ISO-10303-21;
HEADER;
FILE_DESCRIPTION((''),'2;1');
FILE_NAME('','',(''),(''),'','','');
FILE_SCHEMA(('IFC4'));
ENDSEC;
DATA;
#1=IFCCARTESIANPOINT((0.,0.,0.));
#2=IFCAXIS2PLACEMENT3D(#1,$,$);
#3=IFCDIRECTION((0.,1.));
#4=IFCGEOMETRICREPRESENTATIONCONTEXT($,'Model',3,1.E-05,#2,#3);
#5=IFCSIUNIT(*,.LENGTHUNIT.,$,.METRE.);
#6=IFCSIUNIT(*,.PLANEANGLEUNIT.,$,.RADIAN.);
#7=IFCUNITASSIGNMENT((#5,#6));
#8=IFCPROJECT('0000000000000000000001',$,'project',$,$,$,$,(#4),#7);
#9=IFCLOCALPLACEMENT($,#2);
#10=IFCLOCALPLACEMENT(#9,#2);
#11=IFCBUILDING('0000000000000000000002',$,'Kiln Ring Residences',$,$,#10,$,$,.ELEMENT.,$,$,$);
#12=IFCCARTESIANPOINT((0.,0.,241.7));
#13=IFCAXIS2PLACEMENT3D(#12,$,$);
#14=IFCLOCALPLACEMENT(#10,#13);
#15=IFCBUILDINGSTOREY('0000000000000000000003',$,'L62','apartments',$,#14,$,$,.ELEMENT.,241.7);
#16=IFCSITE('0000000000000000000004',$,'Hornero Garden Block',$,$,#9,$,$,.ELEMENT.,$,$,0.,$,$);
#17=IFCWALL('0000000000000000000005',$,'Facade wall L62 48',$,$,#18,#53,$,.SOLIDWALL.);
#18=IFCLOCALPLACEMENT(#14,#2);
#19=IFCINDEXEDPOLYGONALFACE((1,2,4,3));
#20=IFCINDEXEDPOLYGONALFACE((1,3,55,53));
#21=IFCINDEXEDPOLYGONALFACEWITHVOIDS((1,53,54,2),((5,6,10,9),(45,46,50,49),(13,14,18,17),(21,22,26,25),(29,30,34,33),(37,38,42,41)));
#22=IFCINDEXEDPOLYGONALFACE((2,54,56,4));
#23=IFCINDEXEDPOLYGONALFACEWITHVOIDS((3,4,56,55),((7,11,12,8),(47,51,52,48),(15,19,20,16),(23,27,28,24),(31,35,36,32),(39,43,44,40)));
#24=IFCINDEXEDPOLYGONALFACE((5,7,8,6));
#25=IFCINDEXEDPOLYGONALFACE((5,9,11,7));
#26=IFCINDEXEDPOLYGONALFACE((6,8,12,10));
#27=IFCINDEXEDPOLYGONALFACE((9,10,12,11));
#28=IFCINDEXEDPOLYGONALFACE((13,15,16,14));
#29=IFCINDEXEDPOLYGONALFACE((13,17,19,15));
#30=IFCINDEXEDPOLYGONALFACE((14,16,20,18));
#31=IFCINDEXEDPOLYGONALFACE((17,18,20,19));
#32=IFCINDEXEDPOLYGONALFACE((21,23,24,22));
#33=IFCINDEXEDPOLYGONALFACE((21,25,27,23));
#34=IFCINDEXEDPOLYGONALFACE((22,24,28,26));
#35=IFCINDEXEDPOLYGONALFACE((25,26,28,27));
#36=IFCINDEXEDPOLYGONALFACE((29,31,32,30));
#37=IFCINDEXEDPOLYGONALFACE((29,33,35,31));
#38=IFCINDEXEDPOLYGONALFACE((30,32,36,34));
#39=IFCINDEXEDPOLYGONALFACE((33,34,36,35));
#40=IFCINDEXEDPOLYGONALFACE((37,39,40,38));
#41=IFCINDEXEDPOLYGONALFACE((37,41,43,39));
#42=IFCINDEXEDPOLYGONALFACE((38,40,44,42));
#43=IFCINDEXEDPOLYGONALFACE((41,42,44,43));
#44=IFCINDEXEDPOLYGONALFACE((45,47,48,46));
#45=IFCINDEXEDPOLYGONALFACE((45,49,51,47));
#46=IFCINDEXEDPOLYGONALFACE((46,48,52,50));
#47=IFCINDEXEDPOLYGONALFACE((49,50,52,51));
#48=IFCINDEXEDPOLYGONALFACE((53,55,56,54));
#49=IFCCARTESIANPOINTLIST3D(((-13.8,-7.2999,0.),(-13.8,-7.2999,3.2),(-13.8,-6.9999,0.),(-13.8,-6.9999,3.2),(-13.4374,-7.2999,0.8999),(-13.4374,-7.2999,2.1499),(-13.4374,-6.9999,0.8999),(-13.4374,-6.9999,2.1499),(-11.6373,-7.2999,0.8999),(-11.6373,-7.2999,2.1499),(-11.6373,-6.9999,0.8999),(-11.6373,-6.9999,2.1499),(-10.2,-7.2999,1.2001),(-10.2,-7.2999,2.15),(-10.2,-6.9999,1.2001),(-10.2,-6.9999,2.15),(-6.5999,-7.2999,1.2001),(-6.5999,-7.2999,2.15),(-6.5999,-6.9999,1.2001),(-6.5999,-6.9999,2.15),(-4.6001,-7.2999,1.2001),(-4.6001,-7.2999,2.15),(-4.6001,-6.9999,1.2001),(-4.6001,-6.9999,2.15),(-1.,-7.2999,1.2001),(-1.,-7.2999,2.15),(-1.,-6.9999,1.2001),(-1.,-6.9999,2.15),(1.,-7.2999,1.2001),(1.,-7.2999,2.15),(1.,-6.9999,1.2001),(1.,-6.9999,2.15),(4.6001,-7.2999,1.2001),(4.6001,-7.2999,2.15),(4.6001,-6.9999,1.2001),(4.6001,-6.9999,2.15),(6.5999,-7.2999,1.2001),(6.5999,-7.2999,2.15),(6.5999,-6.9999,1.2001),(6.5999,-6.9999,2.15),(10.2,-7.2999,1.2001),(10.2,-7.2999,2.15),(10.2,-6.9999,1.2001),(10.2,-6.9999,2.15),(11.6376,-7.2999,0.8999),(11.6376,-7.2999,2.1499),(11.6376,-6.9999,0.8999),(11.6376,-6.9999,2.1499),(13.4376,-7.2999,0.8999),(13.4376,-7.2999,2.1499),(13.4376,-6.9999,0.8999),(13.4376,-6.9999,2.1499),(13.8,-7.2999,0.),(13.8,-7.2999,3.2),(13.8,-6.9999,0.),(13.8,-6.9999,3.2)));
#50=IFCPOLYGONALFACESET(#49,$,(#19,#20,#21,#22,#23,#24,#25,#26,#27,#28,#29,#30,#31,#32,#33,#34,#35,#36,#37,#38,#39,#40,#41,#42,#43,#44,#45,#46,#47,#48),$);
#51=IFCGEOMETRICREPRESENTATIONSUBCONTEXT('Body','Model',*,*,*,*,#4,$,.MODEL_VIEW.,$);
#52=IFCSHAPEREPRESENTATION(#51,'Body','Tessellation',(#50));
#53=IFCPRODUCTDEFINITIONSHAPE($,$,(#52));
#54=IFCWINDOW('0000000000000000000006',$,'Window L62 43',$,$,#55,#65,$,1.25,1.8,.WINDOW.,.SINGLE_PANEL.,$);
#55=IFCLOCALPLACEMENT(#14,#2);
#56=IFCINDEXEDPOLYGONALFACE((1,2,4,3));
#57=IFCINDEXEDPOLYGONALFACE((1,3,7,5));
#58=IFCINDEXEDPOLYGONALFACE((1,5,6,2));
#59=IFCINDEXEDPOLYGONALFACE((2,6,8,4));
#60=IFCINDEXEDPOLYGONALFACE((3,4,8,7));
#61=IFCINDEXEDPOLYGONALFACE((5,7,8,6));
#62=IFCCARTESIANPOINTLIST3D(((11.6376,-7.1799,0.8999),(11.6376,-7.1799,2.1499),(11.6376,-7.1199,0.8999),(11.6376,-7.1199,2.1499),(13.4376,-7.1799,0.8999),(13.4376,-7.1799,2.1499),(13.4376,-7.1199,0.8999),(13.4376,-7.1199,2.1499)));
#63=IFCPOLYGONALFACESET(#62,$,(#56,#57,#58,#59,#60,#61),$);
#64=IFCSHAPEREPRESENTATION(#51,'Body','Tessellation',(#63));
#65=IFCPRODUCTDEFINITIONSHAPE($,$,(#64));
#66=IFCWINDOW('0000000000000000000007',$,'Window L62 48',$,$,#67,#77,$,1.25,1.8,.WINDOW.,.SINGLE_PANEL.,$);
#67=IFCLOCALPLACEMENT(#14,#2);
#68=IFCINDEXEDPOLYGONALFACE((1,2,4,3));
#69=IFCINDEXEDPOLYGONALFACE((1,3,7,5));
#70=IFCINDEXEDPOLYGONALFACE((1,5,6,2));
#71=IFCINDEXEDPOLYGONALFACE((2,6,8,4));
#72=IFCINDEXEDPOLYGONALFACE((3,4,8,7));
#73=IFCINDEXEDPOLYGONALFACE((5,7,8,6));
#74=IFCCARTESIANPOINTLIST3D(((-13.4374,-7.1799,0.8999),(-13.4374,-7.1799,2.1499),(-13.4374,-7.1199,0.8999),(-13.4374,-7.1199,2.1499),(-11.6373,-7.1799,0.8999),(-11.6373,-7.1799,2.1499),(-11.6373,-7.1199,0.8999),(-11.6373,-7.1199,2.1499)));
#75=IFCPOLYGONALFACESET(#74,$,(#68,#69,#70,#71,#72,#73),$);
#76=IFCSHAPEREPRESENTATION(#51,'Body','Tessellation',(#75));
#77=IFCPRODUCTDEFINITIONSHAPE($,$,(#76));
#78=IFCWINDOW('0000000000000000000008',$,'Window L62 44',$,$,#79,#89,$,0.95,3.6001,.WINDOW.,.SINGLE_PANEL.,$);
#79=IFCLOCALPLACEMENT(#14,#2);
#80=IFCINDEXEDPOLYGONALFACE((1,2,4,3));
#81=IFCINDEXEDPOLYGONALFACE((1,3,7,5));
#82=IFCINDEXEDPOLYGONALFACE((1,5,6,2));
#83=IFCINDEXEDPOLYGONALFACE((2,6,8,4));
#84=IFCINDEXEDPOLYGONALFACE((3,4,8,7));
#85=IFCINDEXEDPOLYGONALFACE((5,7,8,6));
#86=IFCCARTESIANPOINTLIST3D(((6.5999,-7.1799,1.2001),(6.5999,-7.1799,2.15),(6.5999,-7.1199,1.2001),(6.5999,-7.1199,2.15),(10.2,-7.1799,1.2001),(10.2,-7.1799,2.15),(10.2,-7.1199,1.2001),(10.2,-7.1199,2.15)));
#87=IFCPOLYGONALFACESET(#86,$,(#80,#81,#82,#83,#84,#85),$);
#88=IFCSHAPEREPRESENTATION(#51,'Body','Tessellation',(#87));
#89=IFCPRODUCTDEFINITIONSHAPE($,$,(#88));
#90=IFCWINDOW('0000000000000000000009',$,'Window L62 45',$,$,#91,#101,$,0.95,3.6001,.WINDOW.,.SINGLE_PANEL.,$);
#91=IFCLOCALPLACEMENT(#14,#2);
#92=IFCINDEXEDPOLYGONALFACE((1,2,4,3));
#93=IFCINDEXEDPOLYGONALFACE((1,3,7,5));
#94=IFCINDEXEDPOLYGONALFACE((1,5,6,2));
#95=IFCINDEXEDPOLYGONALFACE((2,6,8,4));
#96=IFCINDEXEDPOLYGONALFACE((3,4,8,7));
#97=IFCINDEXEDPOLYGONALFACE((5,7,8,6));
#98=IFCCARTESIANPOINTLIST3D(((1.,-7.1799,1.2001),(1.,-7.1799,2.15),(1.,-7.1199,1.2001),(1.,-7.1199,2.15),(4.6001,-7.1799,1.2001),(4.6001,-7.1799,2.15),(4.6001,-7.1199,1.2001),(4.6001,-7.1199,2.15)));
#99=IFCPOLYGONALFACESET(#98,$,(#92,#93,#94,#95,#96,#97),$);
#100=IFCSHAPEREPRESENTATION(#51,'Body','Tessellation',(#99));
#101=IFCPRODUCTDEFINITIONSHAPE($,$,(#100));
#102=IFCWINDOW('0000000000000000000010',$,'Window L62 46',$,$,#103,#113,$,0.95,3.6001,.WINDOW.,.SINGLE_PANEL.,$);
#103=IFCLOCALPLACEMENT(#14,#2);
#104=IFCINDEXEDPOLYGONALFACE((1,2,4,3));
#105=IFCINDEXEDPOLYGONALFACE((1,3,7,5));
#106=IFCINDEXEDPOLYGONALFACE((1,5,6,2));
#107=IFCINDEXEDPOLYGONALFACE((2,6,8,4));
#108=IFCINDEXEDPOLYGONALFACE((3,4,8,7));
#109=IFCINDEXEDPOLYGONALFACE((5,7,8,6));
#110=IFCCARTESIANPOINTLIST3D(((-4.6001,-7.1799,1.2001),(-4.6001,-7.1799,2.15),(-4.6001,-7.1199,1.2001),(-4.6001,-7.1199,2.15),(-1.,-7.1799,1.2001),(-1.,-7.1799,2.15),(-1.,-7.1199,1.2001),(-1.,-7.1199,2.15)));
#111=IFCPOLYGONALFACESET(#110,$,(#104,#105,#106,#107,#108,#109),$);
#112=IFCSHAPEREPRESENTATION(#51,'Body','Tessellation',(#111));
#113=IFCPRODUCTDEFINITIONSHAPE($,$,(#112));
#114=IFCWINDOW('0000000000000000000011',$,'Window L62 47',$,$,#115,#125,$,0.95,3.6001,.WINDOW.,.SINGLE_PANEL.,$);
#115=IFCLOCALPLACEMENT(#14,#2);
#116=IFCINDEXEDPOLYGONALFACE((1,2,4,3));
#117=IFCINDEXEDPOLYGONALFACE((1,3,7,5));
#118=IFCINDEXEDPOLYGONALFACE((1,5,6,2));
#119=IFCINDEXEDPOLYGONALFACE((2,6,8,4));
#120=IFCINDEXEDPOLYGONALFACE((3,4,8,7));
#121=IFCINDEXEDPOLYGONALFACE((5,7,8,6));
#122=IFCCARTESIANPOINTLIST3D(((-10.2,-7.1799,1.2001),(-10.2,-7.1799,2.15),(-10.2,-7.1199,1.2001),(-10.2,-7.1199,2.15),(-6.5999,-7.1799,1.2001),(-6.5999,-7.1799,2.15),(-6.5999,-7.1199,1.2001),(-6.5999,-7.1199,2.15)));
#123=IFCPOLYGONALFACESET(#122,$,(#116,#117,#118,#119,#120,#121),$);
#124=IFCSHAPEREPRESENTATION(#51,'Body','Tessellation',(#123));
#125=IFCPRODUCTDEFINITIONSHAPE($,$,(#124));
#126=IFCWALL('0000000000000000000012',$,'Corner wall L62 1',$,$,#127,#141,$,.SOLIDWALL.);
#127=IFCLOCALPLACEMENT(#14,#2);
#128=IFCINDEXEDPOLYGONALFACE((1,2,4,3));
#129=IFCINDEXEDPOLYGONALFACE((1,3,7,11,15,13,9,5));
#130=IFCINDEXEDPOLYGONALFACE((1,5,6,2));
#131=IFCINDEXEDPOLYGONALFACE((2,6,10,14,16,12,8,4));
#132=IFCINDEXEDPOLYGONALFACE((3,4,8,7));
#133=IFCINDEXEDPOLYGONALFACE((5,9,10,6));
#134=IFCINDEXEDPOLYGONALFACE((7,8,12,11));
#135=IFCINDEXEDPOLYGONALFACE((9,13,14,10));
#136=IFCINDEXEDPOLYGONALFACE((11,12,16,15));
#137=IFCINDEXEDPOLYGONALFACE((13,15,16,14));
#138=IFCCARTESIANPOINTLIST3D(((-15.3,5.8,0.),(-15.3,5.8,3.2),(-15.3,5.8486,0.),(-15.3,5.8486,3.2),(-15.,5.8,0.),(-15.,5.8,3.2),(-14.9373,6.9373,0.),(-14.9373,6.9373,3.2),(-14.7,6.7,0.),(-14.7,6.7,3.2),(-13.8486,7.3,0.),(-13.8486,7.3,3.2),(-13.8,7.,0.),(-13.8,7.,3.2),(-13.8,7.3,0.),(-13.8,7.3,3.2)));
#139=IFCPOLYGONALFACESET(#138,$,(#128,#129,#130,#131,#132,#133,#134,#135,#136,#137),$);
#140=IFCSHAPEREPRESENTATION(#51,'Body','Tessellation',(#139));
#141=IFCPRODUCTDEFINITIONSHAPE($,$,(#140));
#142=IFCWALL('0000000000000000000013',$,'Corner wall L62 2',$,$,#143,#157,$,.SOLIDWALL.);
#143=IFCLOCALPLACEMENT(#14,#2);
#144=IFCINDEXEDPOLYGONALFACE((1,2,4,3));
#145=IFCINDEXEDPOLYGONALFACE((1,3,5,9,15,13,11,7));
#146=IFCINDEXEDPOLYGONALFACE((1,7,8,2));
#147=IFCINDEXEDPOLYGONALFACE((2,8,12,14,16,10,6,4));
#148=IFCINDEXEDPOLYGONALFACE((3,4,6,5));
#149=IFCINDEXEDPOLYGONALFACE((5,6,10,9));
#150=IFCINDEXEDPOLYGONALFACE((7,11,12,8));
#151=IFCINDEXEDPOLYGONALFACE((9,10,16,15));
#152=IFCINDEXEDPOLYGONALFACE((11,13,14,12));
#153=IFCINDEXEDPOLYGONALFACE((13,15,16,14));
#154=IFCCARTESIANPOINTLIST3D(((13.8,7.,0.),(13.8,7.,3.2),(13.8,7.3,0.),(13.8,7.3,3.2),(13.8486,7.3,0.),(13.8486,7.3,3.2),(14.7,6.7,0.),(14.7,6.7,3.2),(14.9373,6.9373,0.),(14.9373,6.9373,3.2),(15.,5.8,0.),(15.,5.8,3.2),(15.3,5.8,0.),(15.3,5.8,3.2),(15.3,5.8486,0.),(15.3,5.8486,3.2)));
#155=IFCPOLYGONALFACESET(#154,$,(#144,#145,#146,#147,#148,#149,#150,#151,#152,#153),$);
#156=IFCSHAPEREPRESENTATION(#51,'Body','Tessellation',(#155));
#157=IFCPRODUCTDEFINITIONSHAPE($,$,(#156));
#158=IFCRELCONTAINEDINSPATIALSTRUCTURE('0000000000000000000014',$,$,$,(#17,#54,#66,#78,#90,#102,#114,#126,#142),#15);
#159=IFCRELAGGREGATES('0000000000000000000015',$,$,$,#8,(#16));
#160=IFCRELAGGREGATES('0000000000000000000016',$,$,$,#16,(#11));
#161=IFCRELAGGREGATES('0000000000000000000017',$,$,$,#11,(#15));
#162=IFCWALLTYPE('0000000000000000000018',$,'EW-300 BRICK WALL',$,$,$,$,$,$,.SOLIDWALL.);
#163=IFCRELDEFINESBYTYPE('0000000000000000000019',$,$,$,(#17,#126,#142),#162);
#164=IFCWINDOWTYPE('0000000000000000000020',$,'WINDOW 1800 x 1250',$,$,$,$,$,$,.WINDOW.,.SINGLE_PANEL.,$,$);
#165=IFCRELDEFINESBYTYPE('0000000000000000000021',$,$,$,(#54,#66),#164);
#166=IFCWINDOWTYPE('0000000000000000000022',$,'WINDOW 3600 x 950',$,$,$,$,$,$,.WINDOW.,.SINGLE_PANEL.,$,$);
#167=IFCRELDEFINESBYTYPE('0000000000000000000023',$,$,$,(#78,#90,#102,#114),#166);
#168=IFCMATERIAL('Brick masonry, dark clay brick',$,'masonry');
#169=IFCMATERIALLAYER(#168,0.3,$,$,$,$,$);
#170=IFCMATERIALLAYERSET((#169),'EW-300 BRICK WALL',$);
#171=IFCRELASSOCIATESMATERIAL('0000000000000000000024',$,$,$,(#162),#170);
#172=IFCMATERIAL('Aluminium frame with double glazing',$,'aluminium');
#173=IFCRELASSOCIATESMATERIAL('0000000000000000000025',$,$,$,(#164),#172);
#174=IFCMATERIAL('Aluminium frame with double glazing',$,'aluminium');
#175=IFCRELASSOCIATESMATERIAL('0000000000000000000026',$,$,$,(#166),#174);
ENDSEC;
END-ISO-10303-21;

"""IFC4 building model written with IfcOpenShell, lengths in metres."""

from ifc_helpers import new_model, si_unit, direction, frame, frame_2d, origin, place, context, subcontext, project, spatial, polyline, rectangle, outline, extrude, material, layer, layer_set, type_object, element, fill, save


model = new_model("IFC4")

# Units and contexts
model_context = context("Model", 3, precision=1e-05, world=origin(), true_north=direction((0.0, 1.0)))
body_context = subcontext(model_context, "Body", "Model", "MODEL_VIEW")
ifc_project = project(units=[si_unit("LENGTHUNIT", "METRE"), si_unit("PLANEANGLEUNIT", "RADIAN")], contexts=[model_context])

# Site, building, storey
site_placement = place(None, origin())
site = spatial("IfcSite", under=ifc_project, at=site_placement, Name="Hornero Garden Block", CompositionType="ELEMENT", RefElevation=0.0)
building_placement = place(site_placement, origin())
building = spatial("IfcBuilding", under=site, at=building_placement, Name="Kiln Ring Residences", CompositionType="ELEMENT")
storey_placement = place(building_placement, frame((0.0, 0.0, 241.7)))
storey = spatial("IfcBuildingStorey", under=building, at=storey_placement, Name="L62", Description="apartments", CompositionType="ELEMENT", Elevation=241.7)

# Wall, openings, windows
ifc_material_1 = material(Name="Brick masonry, dark clay brick", Category="masonry")
ifc_layer_1 = layer(ifc_material_1, 0.3)
ifc_layer_set_1 = layer_set([ifc_layer_1], Name="EW-300 BRICK WALL")
wall_type_1 = type_object("IfcWallType", Name="EW-300 BRICK WALL", PredefinedType="SOLIDWALL", material=ifc_layer_set_1)
wall_1_placement = place(storey_placement, frame((13.8, -7.1499, 0.0), z_axis=(0.0, 0.0, 1.0), x_axis=(-1.0, 0.0, 0.0)))
wall_1 = element("IfcWall", 1, at=wall_1_placement, inside=storey, type_object=wall_type_1, Name="Facade wall L62 48", PredefinedType="SOLIDWALL", context=body_context, shape_type="SweptSolid", body=[
    extrude(rectangle(XDim=27.6001, YDim=0.3, at=frame_2d((13.8, 0.0))), origin(), (0.0, 0.0, 1.0), 3.2),
])
opening_1_placement = place(wall_1_placement, frame((0.3625, 0.0, 0.8999)))
opening_1 = element("IfcOpeningElement", 2, at=opening_1_placement, cuts=wall_1, PredefinedType="OPENING", context=body_context, shape_type="SweptSolid", body=[
    extrude(rectangle(XDim=1.8, YDim=1.25, at=frame_2d((0.8999, 0.625))), frame((0.0, 0.1599, 0.0), z_axis=(0.0, -1.0, 0.0), x_axis=(1.0, 0.0, 0.0)), (0.0, 0.0, 1.0), 0.3201),
])
opening_2_placement = place(wall_1_placement, frame((3.6001, 0.0, 1.2)))
opening_2 = element("IfcOpeningElement", 3, at=opening_2_placement, cuts=wall_1, PredefinedType="OPENING", context=body_context, shape_type="SweptSolid", body=[
    extrude(rectangle(XDim=3.6001, YDim=0.95, at=frame_2d((1.8, 0.4751))), frame((0.0, 0.1599, 0.0), z_axis=(0.0, -1.0, 0.0), x_axis=(1.0, 0.0, 0.0)), (0.0, 0.0, 1.0), 0.3201),
])
opening_3_placement = place(wall_1_placement, frame((9.2, 0.0, 1.2)))
opening_3 = element("IfcOpeningElement", 4, at=opening_3_placement, cuts=wall_1, PredefinedType="OPENING", context=body_context, shape_type="SweptSolid", body=[
    extrude(rectangle(XDim=3.6001, YDim=0.95, at=frame_2d((1.8, 0.4751))), frame((0.0, 0.1599, 0.0), z_axis=(0.0, -1.0, 0.0), x_axis=(1.0, 0.0, 0.0)), (0.0, 0.0, 1.0), 0.3201),
])
opening_4_placement = place(wall_1_placement, frame((14.8, 0.0, 1.2)))
opening_4 = element("IfcOpeningElement", 5, at=opening_4_placement, cuts=wall_1, PredefinedType="OPENING", context=body_context, shape_type="SweptSolid", body=[
    extrude(rectangle(XDim=3.6001, YDim=0.95, at=frame_2d((1.8, 0.4751))), frame((0.0, 0.1599, 0.0), z_axis=(0.0, -1.0, 0.0), x_axis=(1.0, 0.0, 0.0)), (0.0, 0.0, 1.0), 0.3201),
])
opening_5_placement = place(wall_1_placement, frame((20.3999, 0.0, 1.2)))
opening_5 = element("IfcOpeningElement", 6, at=opening_5_placement, cuts=wall_1, PredefinedType="OPENING", context=body_context, shape_type="SweptSolid", body=[
    extrude(rectangle(XDim=3.6001, YDim=0.95, at=frame_2d((1.8, 0.4751))), frame((0.0, 0.1599, 0.0), z_axis=(0.0, -1.0, 0.0), x_axis=(1.0, 0.0, 0.0)), (0.0, 0.0, 1.0), 0.3201),
])
opening_6_placement = place(wall_1_placement, frame((25.4375, 0.0, 0.8999)))
opening_6 = element("IfcOpeningElement", 7, at=opening_6_placement, cuts=wall_1, PredefinedType="OPENING", context=body_context, shape_type="SweptSolid", body=[
    extrude(rectangle(XDim=1.8, YDim=1.25, at=frame_2d((0.8999, 0.625))), frame((0.0, 0.1599, 0.0), z_axis=(0.0, -1.0, 0.0), x_axis=(1.0, 0.0, 0.0)), (0.0, 0.0, 1.0), 0.3201),
])
ifc_material_2 = material(Name="Aluminium frame with double glazing", Category="aluminium")
window_type_1 = type_object("IfcWindowType", Name="WINDOW 1800 x 1250", PartitioningType="SINGLE_PANEL", PredefinedType="WINDOW", material=ifc_material_2)
window_1_placement = place(opening_1_placement, origin())
window_1 = element("IfcWindow", 8, at=window_1_placement, inside=storey, type_object=window_type_1, Name="Window L62 43", OverallHeight=1.25, OverallWidth=1.8, PartitioningType="SINGLE_PANEL", PredefinedType="WINDOW", context=body_context, shape_type="SweptSolid", body=[
    extrude(rectangle(XDim=1.8, YDim=1.25, at=frame_2d((0.8999, 0.625))), frame((0.0, 0.03, 0.0), z_axis=(0.0, -1.0, 0.0), x_axis=(1.0, 0.0, 0.0)), (0.0, 0.0, 1.0), 0.0601),
])
fill(opening_1, window_1)
window_2_placement = place(opening_6_placement, origin())
window_2 = element("IfcWindow", 9, at=window_2_placement, inside=storey, type_object=window_type_1, Name="Window L62 48", OverallHeight=1.25, OverallWidth=1.8, PartitioningType="SINGLE_PANEL", PredefinedType="WINDOW", context=body_context, shape_type="SweptSolid", body=[
    extrude(rectangle(XDim=1.8, YDim=1.25, at=frame_2d((0.8999, 0.625))), frame((0.0, 0.03, 0.0), z_axis=(0.0, -1.0, 0.0), x_axis=(1.0, 0.0, 0.0)), (0.0, 0.0, 1.0), 0.0601),
])
fill(opening_6, window_2)
ifc_material_3 = material(Name="Aluminium frame with double glazing", Category="aluminium")
window_type_2 = type_object("IfcWindowType", Name="WINDOW 3600 x 950", PartitioningType="SINGLE_PANEL", PredefinedType="WINDOW", material=ifc_material_3)
window_3_placement = place(opening_2_placement, origin())
window_3 = element("IfcWindow", 10, at=window_3_placement, inside=storey, type_object=window_type_2, Name="Window L62 44", OverallHeight=0.95, OverallWidth=3.6001, PartitioningType="SINGLE_PANEL", PredefinedType="WINDOW", context=body_context, shape_type="SweptSolid", body=[
    extrude(rectangle(XDim=3.6001, YDim=0.95, at=frame_2d((1.8, 0.4751))), frame((0.0, 0.03, 0.0), z_axis=(0.0, -1.0, 0.0), x_axis=(1.0, 0.0, 0.0)), (0.0, 0.0, 1.0), 0.0601),
])
fill(opening_2, window_3)
window_4_placement = place(opening_3_placement, origin())
window_4 = element("IfcWindow", 11, at=window_4_placement, inside=storey, type_object=window_type_2, Name="Window L62 45", OverallHeight=0.95, OverallWidth=3.6001, PartitioningType="SINGLE_PANEL", PredefinedType="WINDOW", context=body_context, shape_type="SweptSolid", body=[
    extrude(rectangle(XDim=3.6001, YDim=0.95, at=frame_2d((1.8, 0.4751))), frame((0.0, 0.03, 0.0), z_axis=(0.0, -1.0, 0.0), x_axis=(1.0, 0.0, 0.0)), (0.0, 0.0, 1.0), 0.0601),
])
fill(opening_3, window_4)
window_5_placement = place(opening_4_placement, origin())
window_5 = element("IfcWindow", 12, at=window_5_placement, inside=storey, type_object=window_type_2, Name="Window L62 46", OverallHeight=0.95, OverallWidth=3.6001, PartitioningType="SINGLE_PANEL", PredefinedType="WINDOW", context=body_context, shape_type="SweptSolid", body=[
    extrude(rectangle(XDim=3.6001, YDim=0.95, at=frame_2d((1.8, 0.4751))), frame((0.0, 0.03, 0.0), z_axis=(0.0, -1.0, 0.0), x_axis=(1.0, 0.0, 0.0)), (0.0, 0.0, 1.0), 0.0601),
])
fill(opening_4, window_5)
window_6_placement = place(opening_5_placement, origin())
window_6 = element("IfcWindow", 13, at=window_6_placement, inside=storey, type_object=window_type_2, Name="Window L62 47", OverallHeight=0.95, OverallWidth=3.6001, PartitioningType="SINGLE_PANEL", PredefinedType="WINDOW", context=body_context, shape_type="SweptSolid", body=[
    extrude(rectangle(XDim=3.6001, YDim=0.95, at=frame_2d((1.8, 0.4751))), frame((0.0, 0.03, 0.0), z_axis=(0.0, -1.0, 0.0), x_axis=(1.0, 0.0, 0.0)), (0.0, 0.0, 1.0), 0.0601),
])
fill(opening_5, window_6)

# Walls
placement = place(storey_placement, origin())
element("IfcWall", 14, at=placement, inside=storey, type_object=wall_type_1, Name="Corner wall L62 1", PredefinedType="SOLIDWALL", context=body_context, shape_type="SweptSolid", body=[
    extrude(outline(polyline([(-13.8486, 7.3), (-14.9373, 6.9373), (-15.3, 5.8486), (-15.3, 5.8), (-15.0, 5.8), (-14.7, 6.7), (-13.8, 7.0), (-13.8, 7.3), (-13.8486, 7.3)])), origin(), (0.0, 0.0, 1.0), 3.2),
])
element("IfcWall", 15, at=placement, inside=storey, type_object=wall_type_1, Name="Corner wall L62 2", PredefinedType="SOLIDWALL", context=body_context, shape_type="SweptSolid", body=[
    extrude(outline(polyline([(14.9373, 6.9373), (13.8486, 7.3), (13.8, 7.3), (13.8, 7.0), (14.7, 6.7), (15.0, 5.8), (15.3, 5.8), (15.3, 5.8486), (14.9373, 6.9373)])), origin(), (0.0, 0.0, 1.0), 3.2),
])

save(model, "model.ifc")
